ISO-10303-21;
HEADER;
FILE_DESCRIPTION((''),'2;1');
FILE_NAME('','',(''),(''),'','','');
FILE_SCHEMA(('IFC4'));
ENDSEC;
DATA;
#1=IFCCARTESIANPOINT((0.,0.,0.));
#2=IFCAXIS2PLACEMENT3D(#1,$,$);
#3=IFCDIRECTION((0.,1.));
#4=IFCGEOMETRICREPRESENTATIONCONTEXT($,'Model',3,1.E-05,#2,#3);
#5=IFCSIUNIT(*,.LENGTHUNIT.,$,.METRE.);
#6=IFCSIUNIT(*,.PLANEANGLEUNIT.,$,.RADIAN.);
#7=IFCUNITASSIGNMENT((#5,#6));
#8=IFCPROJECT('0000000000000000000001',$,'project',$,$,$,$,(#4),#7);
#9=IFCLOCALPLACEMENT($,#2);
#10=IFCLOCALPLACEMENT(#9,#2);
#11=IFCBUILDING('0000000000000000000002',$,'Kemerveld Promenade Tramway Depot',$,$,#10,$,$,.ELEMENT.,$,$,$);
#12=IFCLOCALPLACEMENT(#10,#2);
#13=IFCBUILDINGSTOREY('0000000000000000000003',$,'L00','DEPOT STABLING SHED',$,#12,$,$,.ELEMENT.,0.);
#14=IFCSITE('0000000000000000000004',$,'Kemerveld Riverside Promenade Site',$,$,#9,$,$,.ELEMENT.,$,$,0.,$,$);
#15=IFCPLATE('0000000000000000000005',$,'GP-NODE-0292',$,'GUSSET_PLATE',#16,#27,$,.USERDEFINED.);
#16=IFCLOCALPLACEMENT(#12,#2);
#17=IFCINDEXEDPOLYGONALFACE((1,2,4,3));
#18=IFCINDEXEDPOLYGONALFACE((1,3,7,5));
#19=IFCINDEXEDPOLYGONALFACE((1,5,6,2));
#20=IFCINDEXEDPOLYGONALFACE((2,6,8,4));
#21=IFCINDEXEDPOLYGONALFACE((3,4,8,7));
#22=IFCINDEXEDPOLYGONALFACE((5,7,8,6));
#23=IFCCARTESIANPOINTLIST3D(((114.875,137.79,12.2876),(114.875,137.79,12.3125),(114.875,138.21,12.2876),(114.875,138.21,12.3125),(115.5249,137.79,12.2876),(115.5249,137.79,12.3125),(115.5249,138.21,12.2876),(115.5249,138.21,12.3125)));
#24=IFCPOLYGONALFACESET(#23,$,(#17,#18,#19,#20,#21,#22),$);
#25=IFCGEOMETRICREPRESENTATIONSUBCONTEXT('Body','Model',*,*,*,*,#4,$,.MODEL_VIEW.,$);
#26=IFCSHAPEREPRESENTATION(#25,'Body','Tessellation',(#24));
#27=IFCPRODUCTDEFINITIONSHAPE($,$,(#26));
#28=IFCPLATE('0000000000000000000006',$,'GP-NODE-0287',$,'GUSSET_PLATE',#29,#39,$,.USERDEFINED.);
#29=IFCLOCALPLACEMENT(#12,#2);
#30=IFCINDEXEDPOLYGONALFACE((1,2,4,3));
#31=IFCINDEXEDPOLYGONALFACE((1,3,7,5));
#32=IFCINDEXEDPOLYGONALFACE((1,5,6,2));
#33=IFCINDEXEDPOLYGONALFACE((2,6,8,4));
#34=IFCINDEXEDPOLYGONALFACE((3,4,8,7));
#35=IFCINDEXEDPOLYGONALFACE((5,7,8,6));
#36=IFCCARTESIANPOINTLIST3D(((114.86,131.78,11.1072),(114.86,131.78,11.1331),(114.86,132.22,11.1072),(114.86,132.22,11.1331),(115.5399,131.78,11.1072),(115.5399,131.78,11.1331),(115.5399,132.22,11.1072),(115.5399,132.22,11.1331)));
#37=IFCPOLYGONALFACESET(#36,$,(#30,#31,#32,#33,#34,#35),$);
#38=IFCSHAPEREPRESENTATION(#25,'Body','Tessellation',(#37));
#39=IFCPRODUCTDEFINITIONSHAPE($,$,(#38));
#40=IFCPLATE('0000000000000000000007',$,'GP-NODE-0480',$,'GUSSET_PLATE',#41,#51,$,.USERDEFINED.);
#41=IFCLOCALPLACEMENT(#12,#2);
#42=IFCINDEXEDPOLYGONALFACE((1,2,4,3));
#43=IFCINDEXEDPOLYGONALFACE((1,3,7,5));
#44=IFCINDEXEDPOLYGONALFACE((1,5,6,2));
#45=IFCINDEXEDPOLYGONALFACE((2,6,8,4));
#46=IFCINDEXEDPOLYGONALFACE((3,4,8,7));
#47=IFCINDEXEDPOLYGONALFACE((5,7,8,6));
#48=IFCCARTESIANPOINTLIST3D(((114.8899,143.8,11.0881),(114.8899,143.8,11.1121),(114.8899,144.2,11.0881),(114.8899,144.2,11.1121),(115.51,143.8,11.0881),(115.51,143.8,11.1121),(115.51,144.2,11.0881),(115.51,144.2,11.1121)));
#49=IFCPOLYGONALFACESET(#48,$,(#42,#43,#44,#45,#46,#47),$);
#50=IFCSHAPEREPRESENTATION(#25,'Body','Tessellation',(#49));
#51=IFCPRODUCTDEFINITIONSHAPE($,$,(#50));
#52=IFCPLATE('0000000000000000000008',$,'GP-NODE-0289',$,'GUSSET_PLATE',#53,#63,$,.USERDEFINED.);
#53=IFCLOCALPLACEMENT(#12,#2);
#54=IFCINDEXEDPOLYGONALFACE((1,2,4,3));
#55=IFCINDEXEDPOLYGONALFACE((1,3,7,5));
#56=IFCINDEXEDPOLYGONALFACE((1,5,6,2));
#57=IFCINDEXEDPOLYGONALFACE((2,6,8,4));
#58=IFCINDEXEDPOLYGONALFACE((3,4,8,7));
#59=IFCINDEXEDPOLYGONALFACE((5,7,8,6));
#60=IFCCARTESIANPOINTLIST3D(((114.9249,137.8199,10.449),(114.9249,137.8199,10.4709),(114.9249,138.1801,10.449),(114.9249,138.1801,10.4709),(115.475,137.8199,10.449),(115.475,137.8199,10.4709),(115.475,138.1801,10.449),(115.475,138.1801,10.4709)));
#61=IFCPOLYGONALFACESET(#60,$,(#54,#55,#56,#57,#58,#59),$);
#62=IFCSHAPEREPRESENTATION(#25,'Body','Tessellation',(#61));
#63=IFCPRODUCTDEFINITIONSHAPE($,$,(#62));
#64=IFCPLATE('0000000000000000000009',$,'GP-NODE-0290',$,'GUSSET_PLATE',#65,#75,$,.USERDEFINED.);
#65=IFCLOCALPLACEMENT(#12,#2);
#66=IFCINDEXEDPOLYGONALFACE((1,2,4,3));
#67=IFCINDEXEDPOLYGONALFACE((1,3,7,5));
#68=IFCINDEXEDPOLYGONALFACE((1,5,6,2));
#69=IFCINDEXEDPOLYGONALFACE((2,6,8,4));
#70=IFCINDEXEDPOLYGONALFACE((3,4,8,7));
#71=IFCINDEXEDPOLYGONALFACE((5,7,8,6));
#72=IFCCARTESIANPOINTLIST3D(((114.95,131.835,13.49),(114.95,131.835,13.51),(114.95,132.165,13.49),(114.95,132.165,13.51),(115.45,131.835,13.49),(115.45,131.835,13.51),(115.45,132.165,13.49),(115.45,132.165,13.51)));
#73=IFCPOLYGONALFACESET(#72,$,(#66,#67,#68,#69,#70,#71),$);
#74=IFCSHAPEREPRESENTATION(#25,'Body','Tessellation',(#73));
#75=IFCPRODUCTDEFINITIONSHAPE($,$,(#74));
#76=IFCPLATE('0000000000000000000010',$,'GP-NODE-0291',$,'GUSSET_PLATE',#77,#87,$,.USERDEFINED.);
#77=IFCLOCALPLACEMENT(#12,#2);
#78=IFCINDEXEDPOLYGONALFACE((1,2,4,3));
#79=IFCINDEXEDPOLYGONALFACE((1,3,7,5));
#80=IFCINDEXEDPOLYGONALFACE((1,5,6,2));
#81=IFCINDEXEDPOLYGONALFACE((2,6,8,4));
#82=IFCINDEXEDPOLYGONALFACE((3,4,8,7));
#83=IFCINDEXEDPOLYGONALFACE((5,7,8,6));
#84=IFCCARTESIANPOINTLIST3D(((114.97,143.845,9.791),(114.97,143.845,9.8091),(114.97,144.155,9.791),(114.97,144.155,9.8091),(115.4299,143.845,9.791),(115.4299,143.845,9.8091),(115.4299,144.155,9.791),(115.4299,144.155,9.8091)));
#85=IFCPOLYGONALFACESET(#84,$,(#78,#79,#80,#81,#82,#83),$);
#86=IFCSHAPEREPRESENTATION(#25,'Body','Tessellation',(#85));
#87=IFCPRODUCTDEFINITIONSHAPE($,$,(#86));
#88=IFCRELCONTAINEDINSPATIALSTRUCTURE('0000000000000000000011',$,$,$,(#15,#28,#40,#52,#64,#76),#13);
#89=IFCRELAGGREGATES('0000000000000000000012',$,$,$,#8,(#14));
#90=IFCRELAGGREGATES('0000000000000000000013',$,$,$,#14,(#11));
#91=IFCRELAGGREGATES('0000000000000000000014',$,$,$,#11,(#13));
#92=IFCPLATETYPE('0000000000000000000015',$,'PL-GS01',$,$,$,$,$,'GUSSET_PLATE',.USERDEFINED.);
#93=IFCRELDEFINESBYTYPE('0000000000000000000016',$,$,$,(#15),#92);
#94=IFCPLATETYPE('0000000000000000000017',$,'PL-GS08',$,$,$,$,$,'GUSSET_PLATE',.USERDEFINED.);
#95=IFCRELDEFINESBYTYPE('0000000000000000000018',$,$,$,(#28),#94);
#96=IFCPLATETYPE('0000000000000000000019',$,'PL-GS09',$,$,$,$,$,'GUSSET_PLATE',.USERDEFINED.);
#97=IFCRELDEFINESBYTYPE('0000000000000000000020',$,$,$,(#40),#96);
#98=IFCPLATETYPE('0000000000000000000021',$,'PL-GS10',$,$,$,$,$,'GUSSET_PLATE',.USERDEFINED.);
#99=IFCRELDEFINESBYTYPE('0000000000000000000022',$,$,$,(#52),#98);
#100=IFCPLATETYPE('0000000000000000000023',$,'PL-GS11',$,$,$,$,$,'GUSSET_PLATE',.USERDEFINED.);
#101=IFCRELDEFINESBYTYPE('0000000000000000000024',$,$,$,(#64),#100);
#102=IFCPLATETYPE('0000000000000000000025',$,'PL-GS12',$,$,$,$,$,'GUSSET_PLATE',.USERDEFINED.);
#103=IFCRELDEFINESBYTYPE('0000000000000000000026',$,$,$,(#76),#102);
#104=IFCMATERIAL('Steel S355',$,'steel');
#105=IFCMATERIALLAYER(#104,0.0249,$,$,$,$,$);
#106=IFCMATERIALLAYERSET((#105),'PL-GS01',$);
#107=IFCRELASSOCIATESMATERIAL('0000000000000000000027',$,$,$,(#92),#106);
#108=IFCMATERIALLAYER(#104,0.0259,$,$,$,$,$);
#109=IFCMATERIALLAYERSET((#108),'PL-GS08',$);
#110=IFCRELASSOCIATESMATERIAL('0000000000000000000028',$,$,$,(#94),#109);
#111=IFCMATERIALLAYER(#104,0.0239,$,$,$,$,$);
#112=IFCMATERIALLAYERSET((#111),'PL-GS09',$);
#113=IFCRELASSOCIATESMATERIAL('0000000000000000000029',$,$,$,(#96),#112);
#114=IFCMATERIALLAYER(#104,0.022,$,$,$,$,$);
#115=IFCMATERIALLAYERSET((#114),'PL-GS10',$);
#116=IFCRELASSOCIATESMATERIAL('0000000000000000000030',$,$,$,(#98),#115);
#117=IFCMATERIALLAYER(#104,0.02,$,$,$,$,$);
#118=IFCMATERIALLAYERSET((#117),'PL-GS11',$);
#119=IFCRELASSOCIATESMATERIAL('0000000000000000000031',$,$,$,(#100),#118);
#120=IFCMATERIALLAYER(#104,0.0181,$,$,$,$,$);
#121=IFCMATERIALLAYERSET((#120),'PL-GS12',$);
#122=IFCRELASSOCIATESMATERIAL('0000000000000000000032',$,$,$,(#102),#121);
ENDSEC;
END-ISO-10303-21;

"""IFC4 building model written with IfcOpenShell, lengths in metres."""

from ifc_helpers import new_model, si_unit, direction, frame, origin, origin_2d, place, context, subcontext, project, spatial, rectangle, extrude, material, layer, layer_set, type_object, element, save


model = new_model("IFC4")

# Units and contexts
model_context = context("Model", 3, precision=1e-05, world=origin(), true_north=direction((0.0, 1.0)))
body_context = subcontext(model_context, "Body", "Model", "MODEL_VIEW")
ifc_project = project(units=[si_unit("LENGTHUNIT", "METRE"), si_unit("PLANEANGLEUNIT", "RADIAN")], contexts=[model_context])

# Site, building, storey
site_placement = place(None, origin())
site = spatial("IfcSite", under=ifc_project, at=site_placement, Name="Kemerveld Riverside Promenade Site", CompositionType="ELEMENT", RefElevation=0.0)
building_placement = place(site_placement, origin())
building = spatial("IfcBuilding", under=site, at=building_placement, Name="Kemerveld Promenade Tramway Depot", CompositionType="ELEMENT")
storey_placement = place(building_placement, origin())
storey = spatial("IfcBuildingStorey", under=building, at=storey_placement, Name="L00", Description="DEPOT STABLING SHED", CompositionType="ELEMENT", Elevation=0.0)

# Shared definitions
ifc_material_1 = material(Name="Steel S355", Category="steel")

# Plates
ifc_layer_1 = layer(ifc_material_1, 0.0249)
ifc_layer_set_1 = layer_set([ifc_layer_1], Name="PL-GS01")
plate_type_1 = type_object("IfcPlateType", Name="PL-GS01", ElementType="GUSSET_PLATE", PredefinedType="USERDEFINED", material=ifc_layer_set_1)
plate_1_placement = place(storey_placement, frame((115.2, 138.0, 12.2876), z_axis=(0.0, 0.0, 1.0), x_axis=(1.0, 0.0, 0.0)))
element("IfcPlate", 1, at=plate_1_placement, inside=storey, type_object=plate_type_1, Name="GP-NODE-0292", ObjectType="GUSSET_PLATE", PredefinedType="USERDEFINED", context=body_context, shape_type="SweptSolid", body=[
    extrude(rectangle(XDim=0.6499, YDim=0.4199, at=origin_2d()), origin(), (0.0, 0.0, 1.0), 0.0249),
])
ifc_layer_2 = layer(ifc_material_1, 0.0259)
ifc_layer_set_2 = layer_set([ifc_layer_2], Name="PL-GS08")
plate_type_2 = type_object("IfcPlateType", Name="PL-GS08", ElementType="GUSSET_PLATE", PredefinedType="USERDEFINED", material=ifc_layer_set_2)
plate_2_placement = place(storey_placement, frame((115.2, 132.0, 11.1072), z_axis=(0.0, 0.0, 1.0), x_axis=(1.0, 0.0, 0.0)))
element("IfcPlate", 2, at=plate_2_placement, inside=storey, type_object=plate_type_2, Name="GP-NODE-0287", ObjectType="GUSSET_PLATE", PredefinedType="USERDEFINED", context=body_context, shape_type="SweptSolid", body=[
    extrude(rectangle(XDim=0.6799, YDim=0.4399, at=origin_2d()), origin(), (0.0, 0.0, 1.0), 0.0259),
])
ifc_layer_3 = layer(ifc_material_1, 0.0239)
ifc_layer_set_3 = layer_set([ifc_layer_3], Name="PL-GS09")
plate_type_3 = type_object("IfcPlateType", Name="PL-GS09", ElementType="GUSSET_PLATE", PredefinedType="USERDEFINED", material=ifc_layer_set_3)
plate_3_placement = place(storey_placement, frame((115.2, 144.0, 11.0881), z_axis=(0.0, 0.0, 1.0), x_axis=(1.0, 0.0, 0.0)))
element("IfcPlate", 3, at=plate_3_placement, inside=storey, type_object=plate_type_3, Name="GP-NODE-0480", ObjectType="GUSSET_PLATE", PredefinedType="USERDEFINED", context=body_context, shape_type="SweptSolid", body=[
    extrude(rectangle(XDim=0.6201, YDim=0.3999, at=origin_2d()), origin(), (0.0, 0.0, 1.0), 0.0239),
])
ifc_layer_4 = layer(ifc_material_1, 0.022)
ifc_layer_set_4 = layer_set([ifc_layer_4], Name="PL-GS10")
plate_type_4 = type_object("IfcPlateType", Name="PL-GS10", ElementType="GUSSET_PLATE", PredefinedType="USERDEFINED", material=ifc_layer_set_4)
plate_4_placement = place(storey_placement, frame((115.2, 138.0, 10.449), z_axis=(0.0, 0.0, 1.0), x_axis=(1.0, 0.0, 0.0)))
element("IfcPlate", 4, at=plate_4_placement, inside=storey, type_object=plate_type_4, Name="GP-NODE-0289", ObjectType="GUSSET_PLATE", PredefinedType="USERDEFINED", context=body_context, shape_type="SweptSolid", body=[
    extrude(rectangle(XDim=0.55, YDim=0.3601, at=origin_2d()), origin(), (0.0, 0.0, 1.0), 0.022),
])
ifc_layer_5 = layer(ifc_material_1, 0.02)
ifc_layer_set_5 = layer_set([ifc_layer_5], Name="PL-GS11")
plate_type_5 = type_object("IfcPlateType", Name="PL-GS11", ElementType="GUSSET_PLATE", PredefinedType="USERDEFINED", material=ifc_layer_set_5)
plate_5_placement = place(storey_placement, frame((115.2, 132.0, 13.49), z_axis=(0.0, 0.0, 1.0), x_axis=(1.0, 0.0, 0.0)))
element("IfcPlate", 5, at=plate_5_placement, inside=storey, type_object=plate_type_5, Name="GP-NODE-0290", ObjectType="GUSSET_PLATE", PredefinedType="USERDEFINED", context=body_context, shape_type="SweptSolid", body=[
    extrude(rectangle(XDim=0.5, YDim=0.3301, at=origin_2d()), origin(), (0.0, 0.0, 1.0), 0.02),
])
ifc_layer_6 = layer(ifc_material_1, 0.0181)
ifc_layer_set_6 = layer_set([ifc_layer_6], Name="PL-GS12")
plate_type_6 = type_object("IfcPlateType", Name="PL-GS12", ElementType="GUSSET_PLATE", PredefinedType="USERDEFINED", material=ifc_layer_set_6)
plate_6_placement = place(storey_placement, frame((115.2, 144.0, 9.791), z_axis=(0.0, 0.0, 1.0), x_axis=(1.0, 0.0, 0.0)))
element("IfcPlate", 6, at=plate_6_placement, inside=storey, type_object=plate_type_6, Name="GP-NODE-0291", ObjectType="GUSSET_PLATE", PredefinedType="USERDEFINED", context=body_context, shape_type="SweptSolid", body=[
    extrude(rectangle(XDim=0.46, YDim=0.3101, at=origin_2d()), origin(), (0.0, 0.0, 1.0), 0.0181),
])

save(model, "model.ifc")
